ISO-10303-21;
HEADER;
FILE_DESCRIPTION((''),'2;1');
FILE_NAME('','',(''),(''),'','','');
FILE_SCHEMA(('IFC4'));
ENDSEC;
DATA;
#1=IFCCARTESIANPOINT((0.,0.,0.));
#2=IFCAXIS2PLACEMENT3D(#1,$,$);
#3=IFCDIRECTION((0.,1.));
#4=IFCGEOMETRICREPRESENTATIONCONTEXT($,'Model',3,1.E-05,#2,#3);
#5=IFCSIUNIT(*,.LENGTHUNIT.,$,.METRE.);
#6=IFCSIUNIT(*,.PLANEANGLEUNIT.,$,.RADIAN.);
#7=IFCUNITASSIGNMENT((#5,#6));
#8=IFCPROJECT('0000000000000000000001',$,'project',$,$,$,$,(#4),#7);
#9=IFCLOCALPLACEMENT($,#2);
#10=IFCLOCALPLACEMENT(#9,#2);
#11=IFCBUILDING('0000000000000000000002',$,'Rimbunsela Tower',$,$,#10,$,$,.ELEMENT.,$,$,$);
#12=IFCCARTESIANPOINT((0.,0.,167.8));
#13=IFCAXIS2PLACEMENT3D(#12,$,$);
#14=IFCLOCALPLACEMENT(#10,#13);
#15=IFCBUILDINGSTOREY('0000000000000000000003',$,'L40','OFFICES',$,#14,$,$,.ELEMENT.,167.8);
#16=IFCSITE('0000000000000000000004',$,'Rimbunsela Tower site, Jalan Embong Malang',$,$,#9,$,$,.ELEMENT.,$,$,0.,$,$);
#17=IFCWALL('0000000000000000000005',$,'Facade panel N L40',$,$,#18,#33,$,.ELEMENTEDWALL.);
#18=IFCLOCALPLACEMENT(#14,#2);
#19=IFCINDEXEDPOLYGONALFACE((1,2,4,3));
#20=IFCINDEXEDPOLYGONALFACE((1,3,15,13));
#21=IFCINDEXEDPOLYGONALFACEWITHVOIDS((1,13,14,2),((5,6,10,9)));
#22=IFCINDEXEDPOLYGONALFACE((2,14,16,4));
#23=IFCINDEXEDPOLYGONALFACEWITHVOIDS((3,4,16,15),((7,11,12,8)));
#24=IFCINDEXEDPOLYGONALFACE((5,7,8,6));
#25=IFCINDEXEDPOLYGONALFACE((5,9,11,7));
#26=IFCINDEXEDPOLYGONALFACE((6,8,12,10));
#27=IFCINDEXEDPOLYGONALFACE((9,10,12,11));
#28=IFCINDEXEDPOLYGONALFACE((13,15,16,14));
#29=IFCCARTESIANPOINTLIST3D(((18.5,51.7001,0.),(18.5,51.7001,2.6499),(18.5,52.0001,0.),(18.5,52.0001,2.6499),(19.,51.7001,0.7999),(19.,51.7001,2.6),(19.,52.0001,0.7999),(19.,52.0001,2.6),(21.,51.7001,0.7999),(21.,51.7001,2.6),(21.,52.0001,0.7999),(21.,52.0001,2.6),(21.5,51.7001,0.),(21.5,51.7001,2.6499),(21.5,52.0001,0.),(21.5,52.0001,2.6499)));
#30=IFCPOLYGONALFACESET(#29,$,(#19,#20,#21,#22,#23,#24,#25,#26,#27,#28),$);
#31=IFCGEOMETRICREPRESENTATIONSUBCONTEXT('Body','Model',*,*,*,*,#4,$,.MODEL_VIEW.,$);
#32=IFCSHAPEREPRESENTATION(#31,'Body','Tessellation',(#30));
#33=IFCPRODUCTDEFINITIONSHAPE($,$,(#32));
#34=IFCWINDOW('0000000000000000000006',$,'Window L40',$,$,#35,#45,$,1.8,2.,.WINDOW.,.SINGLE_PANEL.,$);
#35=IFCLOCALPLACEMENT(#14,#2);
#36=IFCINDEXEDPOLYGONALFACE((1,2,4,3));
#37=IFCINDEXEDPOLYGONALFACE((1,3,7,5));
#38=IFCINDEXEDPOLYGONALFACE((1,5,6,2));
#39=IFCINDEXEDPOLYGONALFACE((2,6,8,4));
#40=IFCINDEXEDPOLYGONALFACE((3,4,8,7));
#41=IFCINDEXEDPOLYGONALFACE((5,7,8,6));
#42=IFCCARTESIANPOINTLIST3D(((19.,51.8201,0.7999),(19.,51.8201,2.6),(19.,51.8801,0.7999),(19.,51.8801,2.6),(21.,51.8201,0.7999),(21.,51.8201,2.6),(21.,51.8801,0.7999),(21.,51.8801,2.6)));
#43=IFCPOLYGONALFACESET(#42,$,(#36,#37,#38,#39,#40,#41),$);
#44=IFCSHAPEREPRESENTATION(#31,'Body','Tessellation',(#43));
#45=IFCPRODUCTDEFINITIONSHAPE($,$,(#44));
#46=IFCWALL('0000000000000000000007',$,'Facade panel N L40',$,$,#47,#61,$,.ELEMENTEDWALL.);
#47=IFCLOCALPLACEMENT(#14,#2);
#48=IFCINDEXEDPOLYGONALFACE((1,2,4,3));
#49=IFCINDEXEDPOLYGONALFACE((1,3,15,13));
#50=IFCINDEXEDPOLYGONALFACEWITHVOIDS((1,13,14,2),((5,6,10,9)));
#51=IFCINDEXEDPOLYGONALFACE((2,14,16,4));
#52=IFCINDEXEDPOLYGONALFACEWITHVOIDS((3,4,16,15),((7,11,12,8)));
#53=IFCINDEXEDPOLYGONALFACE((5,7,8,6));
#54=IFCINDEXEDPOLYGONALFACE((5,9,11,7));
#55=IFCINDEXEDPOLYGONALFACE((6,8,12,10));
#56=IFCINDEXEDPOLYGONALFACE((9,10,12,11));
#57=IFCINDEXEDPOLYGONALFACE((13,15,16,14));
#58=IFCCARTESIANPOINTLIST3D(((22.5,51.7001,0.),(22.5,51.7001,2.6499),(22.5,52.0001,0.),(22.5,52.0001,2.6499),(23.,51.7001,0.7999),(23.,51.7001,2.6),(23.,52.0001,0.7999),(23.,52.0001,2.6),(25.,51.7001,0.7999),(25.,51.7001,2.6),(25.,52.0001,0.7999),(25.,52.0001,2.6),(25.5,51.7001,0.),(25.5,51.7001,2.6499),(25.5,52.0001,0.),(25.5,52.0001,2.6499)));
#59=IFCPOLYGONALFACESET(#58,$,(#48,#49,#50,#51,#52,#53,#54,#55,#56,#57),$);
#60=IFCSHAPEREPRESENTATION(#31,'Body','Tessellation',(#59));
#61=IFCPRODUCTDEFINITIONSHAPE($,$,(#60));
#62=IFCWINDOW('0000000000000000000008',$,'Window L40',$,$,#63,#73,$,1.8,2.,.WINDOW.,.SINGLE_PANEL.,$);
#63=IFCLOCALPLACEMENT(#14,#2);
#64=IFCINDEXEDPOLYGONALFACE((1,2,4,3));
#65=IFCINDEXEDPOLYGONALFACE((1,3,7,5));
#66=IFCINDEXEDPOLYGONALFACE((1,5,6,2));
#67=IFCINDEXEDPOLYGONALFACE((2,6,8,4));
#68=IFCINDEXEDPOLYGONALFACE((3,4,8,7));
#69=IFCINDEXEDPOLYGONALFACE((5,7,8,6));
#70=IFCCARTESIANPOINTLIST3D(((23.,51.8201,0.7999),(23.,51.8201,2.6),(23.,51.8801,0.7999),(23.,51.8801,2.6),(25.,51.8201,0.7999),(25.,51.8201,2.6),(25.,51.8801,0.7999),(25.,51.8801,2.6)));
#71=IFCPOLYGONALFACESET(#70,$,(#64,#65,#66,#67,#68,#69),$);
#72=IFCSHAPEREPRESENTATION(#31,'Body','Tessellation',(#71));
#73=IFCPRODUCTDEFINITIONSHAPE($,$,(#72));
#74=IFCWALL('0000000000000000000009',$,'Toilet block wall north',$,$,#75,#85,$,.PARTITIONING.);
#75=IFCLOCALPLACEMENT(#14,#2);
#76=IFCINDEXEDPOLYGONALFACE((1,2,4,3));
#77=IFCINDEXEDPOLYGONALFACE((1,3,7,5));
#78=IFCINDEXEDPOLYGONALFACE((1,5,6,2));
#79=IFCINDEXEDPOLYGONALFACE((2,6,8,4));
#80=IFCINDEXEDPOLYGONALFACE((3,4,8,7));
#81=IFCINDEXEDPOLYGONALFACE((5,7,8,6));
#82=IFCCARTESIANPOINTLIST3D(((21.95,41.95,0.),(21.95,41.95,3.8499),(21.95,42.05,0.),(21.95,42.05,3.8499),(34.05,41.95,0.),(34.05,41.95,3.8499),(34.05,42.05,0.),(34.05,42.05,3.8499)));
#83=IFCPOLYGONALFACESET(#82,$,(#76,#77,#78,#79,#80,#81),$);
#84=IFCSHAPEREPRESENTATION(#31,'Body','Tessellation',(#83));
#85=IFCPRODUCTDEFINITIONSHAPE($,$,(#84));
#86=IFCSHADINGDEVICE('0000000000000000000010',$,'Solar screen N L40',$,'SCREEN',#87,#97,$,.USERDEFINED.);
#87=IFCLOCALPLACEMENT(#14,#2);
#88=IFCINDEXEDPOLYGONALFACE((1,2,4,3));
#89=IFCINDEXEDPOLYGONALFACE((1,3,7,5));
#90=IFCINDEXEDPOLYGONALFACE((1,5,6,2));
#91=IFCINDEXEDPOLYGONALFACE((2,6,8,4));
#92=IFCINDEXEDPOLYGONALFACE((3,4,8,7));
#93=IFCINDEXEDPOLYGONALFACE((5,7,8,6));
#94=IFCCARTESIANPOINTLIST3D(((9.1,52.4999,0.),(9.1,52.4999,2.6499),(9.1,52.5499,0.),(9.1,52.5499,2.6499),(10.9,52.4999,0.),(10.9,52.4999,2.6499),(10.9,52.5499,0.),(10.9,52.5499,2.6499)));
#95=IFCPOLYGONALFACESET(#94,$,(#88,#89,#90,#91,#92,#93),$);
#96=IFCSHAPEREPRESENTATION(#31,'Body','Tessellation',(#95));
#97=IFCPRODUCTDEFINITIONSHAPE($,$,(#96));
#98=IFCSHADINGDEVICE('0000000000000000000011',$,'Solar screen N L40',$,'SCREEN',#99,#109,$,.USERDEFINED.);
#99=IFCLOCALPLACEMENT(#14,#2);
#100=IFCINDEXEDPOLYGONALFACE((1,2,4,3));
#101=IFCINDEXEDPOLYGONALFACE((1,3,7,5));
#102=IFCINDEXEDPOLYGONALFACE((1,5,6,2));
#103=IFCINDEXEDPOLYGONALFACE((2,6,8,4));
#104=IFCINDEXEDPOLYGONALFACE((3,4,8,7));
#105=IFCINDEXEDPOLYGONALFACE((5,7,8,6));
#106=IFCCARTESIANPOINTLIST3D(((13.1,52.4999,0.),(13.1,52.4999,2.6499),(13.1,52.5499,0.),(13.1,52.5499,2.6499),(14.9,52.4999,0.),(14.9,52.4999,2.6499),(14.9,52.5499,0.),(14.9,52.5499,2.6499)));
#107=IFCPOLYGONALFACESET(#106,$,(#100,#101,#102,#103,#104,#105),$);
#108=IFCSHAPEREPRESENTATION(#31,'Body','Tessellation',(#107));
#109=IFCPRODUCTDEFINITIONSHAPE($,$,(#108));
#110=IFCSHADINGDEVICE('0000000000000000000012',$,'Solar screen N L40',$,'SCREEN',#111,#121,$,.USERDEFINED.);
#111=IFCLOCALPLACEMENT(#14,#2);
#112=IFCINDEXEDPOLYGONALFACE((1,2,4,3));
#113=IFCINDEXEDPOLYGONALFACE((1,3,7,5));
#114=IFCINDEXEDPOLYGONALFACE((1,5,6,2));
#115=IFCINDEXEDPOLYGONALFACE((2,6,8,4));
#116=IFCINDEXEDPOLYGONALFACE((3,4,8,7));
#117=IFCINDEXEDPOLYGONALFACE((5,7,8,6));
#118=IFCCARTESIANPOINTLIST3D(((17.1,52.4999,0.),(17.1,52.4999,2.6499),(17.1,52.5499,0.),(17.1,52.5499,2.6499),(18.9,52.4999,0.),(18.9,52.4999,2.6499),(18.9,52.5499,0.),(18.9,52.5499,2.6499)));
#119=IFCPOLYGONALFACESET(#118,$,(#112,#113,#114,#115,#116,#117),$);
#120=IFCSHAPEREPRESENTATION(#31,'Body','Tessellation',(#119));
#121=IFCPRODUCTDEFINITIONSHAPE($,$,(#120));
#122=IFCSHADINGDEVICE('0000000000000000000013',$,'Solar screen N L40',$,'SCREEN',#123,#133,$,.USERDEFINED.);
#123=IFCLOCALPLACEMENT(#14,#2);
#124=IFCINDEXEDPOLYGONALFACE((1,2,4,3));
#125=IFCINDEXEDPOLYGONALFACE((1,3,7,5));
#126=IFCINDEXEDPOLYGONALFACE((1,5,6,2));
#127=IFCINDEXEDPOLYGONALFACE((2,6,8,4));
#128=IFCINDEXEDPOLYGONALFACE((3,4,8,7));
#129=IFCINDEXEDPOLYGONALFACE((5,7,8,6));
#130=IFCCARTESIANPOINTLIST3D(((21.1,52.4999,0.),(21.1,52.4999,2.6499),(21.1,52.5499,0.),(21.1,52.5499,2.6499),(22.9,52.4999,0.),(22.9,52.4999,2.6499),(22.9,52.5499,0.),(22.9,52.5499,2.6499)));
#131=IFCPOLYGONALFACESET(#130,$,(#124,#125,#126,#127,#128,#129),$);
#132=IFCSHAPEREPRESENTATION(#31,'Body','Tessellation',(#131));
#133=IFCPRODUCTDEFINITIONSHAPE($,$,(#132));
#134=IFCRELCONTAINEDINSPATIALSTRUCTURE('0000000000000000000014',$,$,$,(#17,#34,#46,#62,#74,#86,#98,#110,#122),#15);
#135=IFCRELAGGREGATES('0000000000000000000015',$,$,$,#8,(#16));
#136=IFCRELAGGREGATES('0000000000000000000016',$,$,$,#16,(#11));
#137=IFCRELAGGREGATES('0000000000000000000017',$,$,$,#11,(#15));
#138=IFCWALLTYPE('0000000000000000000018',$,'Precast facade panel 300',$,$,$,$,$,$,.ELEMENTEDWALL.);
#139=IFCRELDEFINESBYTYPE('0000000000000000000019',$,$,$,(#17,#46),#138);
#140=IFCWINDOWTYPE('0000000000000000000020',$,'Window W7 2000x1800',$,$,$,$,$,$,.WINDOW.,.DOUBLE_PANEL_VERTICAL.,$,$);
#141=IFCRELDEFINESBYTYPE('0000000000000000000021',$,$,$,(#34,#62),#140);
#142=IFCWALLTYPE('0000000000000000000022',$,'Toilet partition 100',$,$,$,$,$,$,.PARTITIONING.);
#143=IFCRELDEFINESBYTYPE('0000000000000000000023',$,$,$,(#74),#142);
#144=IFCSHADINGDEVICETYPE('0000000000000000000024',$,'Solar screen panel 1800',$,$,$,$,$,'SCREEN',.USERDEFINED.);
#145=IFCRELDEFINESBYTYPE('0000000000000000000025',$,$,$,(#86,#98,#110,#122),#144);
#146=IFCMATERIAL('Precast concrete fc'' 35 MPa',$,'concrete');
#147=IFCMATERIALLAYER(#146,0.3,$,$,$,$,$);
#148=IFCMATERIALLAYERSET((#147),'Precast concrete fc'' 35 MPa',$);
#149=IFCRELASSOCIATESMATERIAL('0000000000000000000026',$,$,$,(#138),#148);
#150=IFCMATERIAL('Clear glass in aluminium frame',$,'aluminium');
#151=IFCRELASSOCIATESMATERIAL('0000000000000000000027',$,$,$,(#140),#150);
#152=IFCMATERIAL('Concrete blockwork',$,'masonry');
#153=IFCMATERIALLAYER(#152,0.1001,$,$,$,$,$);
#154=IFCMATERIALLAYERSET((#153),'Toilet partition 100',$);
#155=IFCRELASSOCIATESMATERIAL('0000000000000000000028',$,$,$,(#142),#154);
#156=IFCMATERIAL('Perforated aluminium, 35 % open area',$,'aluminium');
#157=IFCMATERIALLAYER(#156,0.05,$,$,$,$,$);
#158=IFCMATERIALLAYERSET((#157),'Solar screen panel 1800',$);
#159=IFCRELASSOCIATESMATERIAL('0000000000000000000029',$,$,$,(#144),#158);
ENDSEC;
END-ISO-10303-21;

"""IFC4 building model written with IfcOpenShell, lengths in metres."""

from ifc_helpers import new_model, si_unit, direction, frame, frame_2d, origin, origin_2d, place, context, subcontext, project, spatial, rectangle, extrude, material, layer, layer_set, type_object, element, fill, save


model = new_model("IFC4")

# Units and contexts
model_context = context("Model", 3, precision=1e-05, world=origin(), true_north=direction((0.0, 1.0)))
body_context = subcontext(model_context, "Body", "Model", "MODEL_VIEW")
ifc_project = project(units=[si_unit("LENGTHUNIT", "METRE"), si_unit("PLANEANGLEUNIT", "RADIAN")], contexts=[model_context])

# Site, building, storey
site_placement = place(None, origin())
site = spatial("IfcSite", under=ifc_project, at=site_placement, Name="Rimbunsela Tower site, Jalan Embong Malang", CompositionType="ELEMENT", RefElevation=0.0)
building_placement = place(site_placement, origin())
building = spatial("IfcBuilding", under=site, at=building_placement, Name="Rimbunsela Tower", CompositionType="ELEMENT")
storey_placement = place(building_placement, frame((0.0, 0.0, 167.8)))
storey = spatial("IfcBuildingStorey", under=building, at=storey_placement, Name="L40", Description="OFFICES", CompositionType="ELEMENT", Elevation=167.8)

# Shared definitions
ifc_material_1 = material(Name="Precast concrete fc' 35 MPa", Category="concrete")
ifc_layer_1 = layer(ifc_material_1, 0.3)
ifc_layer_set_1 = layer_set([ifc_layer_1], Name="Precast concrete fc' 35 MPa")
wall_type_1 = type_object("IfcWallType", Name="Precast facade panel 300", PredefinedType="ELEMENTEDWALL", material=ifc_layer_set_1)

# Walls, openings, windows
ifc_material_2 = material(Name="Clear glass in aluminium frame", Category="aluminium")
window_type = type_object("IfcWindowType", Name="Window W7 2000x1800", PartitioningType="DOUBLE_PANEL_VERTICAL", PredefinedType="WINDOW", material=ifc_material_2)
wall_1_placement = place(storey_placement, frame((21.5, 51.8501, 0.0), z_axis=(0.0, 0.0, 1.0), x_axis=(-1.0, 0.0, 0.0)))
wall_1 = element("IfcWall", 1, at=wall_1_placement, inside=storey, type_object=wall_type_1, Name="Facade panel N L40", PredefinedType="ELEMENTEDWALL", context=body_context, shape_type="SweptSolid", body=[
    extrude(rectangle(XDim=3.0, YDim=0.3, at=frame_2d((1.5, 0.0))), origin(), (0.0, 0.0, 1.0), 2.6499),
])
opening_1_placement = place(wall_1_placement, frame((0.5, 0.0, 0.8)))
opening_1 = element("IfcOpeningElement", 2, at=opening_1_placement, cuts=wall_1, PredefinedType="OPENING", context=body_context, shape_type="SweptSolid", body=[
    extrude(rectangle(XDim=2.0, YDim=1.8, at=frame_2d((1.0, 0.8999))), frame((0.0, 0.1599, 0.0), z_axis=(0.0, -1.0, 0.0), x_axis=(1.0, 0.0, 0.0)), (0.0, 0.0, 1.0), 0.3201),
])
window_1_placement = place(opening_1_placement, origin())
window_1 = element("IfcWindow", 3, at=window_1_placement, inside=storey, type_object=window_type, Name="Window L40", OverallHeight=1.8, OverallWidth=2.0, PartitioningType="SINGLE_PANEL", PredefinedType="WINDOW", context=body_context, shape_type="SweptSolid", body=[
    extrude(rectangle(XDim=2.0, YDim=1.8, at=frame_2d((1.0, 0.8999))), frame((0.0, 0.03, 0.0), z_axis=(0.0, -1.0, 0.0), x_axis=(1.0, 0.0, 0.0)), (0.0, 0.0, 1.0), 0.0601),
])
fill(opening_1, window_1)
wall_2_placement = place(storey_placement, frame((25.5, 51.8501, 0.0), z_axis=(0.0, 0.0, 1.0), x_axis=(-1.0, 0.0, 0.0)))
wall_2 = element("IfcWall", 4, at=wall_2_placement, inside=storey, type_object=wall_type_1, Name="Facade panel N L40", PredefinedType="ELEMENTEDWALL", context=body_context, shape_type="SweptSolid", body=[
    extrude(rectangle(XDim=3.0, YDim=0.3, at=frame_2d((1.5, 0.0))), origin(), (0.0, 0.0, 1.0), 2.6499),
])
opening_2_placement = place(wall_2_placement, frame((0.5, 0.0, 0.8)))
opening_2 = element("IfcOpeningElement", 5, at=opening_2_placement, cuts=wall_2, PredefinedType="OPENING", context=body_context, shape_type="SweptSolid", body=[
    extrude(rectangle(XDim=2.0, YDim=1.8, at=frame_2d((1.0, 0.8999))), frame((0.0, 0.1599, 0.0), z_axis=(0.0, -1.0, 0.0), x_axis=(1.0, 0.0, 0.0)), (0.0, 0.0, 1.0), 0.3201),
])
window_2_placement = place(opening_2_placement, origin())
window_2 = element("IfcWindow", 6, at=window_2_placement, inside=storey, type_object=window_type, Name="Window L40", OverallHeight=1.8, OverallWidth=2.0, PartitioningType="SINGLE_PANEL", PredefinedType="WINDOW", context=body_context, shape_type="SweptSolid", body=[
    extrude(rectangle(XDim=2.0, YDim=1.8, at=frame_2d((1.0, 0.8999))), frame((0.0, 0.03, 0.0), z_axis=(0.0, -1.0, 0.0), x_axis=(1.0, 0.0, 0.0)), (0.0, 0.0, 1.0), 0.0601),
])
fill(opening_2, window_2)

# Wall
ifc_material_3 = material(Name="Concrete blockwork", Category="masonry")
ifc_layer_2 = layer(ifc_material_3, 0.1001)
ifc_layer_set_2 = layer_set([ifc_layer_2], Name="Toilet partition 100")
wall_type_2 = type_object("IfcWallType", Name="Toilet partition 100", PredefinedType="PARTITIONING", material=ifc_layer_set_2)
wall_3_placement = place(storey_placement, frame((21.95, 42.0, 0.0), z_axis=(0.0, 0.0, 1.0), x_axis=(1.0, 0.0, 0.0)))
element("IfcWall", 7, at=wall_3_placement, inside=storey, type_object=wall_type_2, Name="Toilet block wall north", PredefinedType="PARTITIONING", context=body_context, shape_type="SweptSolid", body=[
    extrude(rectangle(XDim=12.1001, YDim=0.1001, at=frame_2d((6.05, 0.0))), origin(), (0.0, 0.0, 1.0), 3.8499),
])

# Shading devices
ifc_material_4 = material(Name="Perforated aluminium, 35 % open area", Category="aluminium")
ifc_layer_3 = layer(ifc_material_4, 0.05)
ifc_layer_set_3 = layer_set([ifc_layer_3], Name="Solar screen panel 1800")
shading_device_type = type_object("IfcShadingDeviceType", Name="Solar screen panel 1800", ElementType="SCREEN", PredefinedType="USERDEFINED", material=ifc_layer_set_3)
for number, where, z_axis, x_axis, name in (
    (8, (10.0, 52.5249, 0.0), (0.0, 0.0, 1.0), (1.0, 0.0, 0.0), "Solar screen N L40"),
    (9, (14.0, 52.5249, 0.0), (0.0, 0.0, 1.0), (1.0, 0.0, 0.0), "Solar screen N L40"),
    (10, (18.0, 52.5249, 0.0), (0.0, 0.0, 1.0), (1.0, 0.0, 0.0), "Solar screen N L40"),
    (11, (22.0, 52.5249, 0.0), (0.0, 0.0, 1.0), (1.0, 0.0, 0.0), "Solar screen N L40"),
):
    element("IfcShadingDevice", number, at=place(storey_placement, frame(where, z_axis=z_axis, x_axis=x_axis)), inside=storey, type_object=shading_device_type, Name=name, ObjectType="SCREEN", PredefinedType="USERDEFINED", context=body_context, shape_type="SweptSolid", body=[
        extrude(rectangle(XDim=1.8, YDim=0.05, at=origin_2d()), origin(), (0.0, 0.0, 1.0), 2.6499),
    ])

save(model, "model.ifc")
